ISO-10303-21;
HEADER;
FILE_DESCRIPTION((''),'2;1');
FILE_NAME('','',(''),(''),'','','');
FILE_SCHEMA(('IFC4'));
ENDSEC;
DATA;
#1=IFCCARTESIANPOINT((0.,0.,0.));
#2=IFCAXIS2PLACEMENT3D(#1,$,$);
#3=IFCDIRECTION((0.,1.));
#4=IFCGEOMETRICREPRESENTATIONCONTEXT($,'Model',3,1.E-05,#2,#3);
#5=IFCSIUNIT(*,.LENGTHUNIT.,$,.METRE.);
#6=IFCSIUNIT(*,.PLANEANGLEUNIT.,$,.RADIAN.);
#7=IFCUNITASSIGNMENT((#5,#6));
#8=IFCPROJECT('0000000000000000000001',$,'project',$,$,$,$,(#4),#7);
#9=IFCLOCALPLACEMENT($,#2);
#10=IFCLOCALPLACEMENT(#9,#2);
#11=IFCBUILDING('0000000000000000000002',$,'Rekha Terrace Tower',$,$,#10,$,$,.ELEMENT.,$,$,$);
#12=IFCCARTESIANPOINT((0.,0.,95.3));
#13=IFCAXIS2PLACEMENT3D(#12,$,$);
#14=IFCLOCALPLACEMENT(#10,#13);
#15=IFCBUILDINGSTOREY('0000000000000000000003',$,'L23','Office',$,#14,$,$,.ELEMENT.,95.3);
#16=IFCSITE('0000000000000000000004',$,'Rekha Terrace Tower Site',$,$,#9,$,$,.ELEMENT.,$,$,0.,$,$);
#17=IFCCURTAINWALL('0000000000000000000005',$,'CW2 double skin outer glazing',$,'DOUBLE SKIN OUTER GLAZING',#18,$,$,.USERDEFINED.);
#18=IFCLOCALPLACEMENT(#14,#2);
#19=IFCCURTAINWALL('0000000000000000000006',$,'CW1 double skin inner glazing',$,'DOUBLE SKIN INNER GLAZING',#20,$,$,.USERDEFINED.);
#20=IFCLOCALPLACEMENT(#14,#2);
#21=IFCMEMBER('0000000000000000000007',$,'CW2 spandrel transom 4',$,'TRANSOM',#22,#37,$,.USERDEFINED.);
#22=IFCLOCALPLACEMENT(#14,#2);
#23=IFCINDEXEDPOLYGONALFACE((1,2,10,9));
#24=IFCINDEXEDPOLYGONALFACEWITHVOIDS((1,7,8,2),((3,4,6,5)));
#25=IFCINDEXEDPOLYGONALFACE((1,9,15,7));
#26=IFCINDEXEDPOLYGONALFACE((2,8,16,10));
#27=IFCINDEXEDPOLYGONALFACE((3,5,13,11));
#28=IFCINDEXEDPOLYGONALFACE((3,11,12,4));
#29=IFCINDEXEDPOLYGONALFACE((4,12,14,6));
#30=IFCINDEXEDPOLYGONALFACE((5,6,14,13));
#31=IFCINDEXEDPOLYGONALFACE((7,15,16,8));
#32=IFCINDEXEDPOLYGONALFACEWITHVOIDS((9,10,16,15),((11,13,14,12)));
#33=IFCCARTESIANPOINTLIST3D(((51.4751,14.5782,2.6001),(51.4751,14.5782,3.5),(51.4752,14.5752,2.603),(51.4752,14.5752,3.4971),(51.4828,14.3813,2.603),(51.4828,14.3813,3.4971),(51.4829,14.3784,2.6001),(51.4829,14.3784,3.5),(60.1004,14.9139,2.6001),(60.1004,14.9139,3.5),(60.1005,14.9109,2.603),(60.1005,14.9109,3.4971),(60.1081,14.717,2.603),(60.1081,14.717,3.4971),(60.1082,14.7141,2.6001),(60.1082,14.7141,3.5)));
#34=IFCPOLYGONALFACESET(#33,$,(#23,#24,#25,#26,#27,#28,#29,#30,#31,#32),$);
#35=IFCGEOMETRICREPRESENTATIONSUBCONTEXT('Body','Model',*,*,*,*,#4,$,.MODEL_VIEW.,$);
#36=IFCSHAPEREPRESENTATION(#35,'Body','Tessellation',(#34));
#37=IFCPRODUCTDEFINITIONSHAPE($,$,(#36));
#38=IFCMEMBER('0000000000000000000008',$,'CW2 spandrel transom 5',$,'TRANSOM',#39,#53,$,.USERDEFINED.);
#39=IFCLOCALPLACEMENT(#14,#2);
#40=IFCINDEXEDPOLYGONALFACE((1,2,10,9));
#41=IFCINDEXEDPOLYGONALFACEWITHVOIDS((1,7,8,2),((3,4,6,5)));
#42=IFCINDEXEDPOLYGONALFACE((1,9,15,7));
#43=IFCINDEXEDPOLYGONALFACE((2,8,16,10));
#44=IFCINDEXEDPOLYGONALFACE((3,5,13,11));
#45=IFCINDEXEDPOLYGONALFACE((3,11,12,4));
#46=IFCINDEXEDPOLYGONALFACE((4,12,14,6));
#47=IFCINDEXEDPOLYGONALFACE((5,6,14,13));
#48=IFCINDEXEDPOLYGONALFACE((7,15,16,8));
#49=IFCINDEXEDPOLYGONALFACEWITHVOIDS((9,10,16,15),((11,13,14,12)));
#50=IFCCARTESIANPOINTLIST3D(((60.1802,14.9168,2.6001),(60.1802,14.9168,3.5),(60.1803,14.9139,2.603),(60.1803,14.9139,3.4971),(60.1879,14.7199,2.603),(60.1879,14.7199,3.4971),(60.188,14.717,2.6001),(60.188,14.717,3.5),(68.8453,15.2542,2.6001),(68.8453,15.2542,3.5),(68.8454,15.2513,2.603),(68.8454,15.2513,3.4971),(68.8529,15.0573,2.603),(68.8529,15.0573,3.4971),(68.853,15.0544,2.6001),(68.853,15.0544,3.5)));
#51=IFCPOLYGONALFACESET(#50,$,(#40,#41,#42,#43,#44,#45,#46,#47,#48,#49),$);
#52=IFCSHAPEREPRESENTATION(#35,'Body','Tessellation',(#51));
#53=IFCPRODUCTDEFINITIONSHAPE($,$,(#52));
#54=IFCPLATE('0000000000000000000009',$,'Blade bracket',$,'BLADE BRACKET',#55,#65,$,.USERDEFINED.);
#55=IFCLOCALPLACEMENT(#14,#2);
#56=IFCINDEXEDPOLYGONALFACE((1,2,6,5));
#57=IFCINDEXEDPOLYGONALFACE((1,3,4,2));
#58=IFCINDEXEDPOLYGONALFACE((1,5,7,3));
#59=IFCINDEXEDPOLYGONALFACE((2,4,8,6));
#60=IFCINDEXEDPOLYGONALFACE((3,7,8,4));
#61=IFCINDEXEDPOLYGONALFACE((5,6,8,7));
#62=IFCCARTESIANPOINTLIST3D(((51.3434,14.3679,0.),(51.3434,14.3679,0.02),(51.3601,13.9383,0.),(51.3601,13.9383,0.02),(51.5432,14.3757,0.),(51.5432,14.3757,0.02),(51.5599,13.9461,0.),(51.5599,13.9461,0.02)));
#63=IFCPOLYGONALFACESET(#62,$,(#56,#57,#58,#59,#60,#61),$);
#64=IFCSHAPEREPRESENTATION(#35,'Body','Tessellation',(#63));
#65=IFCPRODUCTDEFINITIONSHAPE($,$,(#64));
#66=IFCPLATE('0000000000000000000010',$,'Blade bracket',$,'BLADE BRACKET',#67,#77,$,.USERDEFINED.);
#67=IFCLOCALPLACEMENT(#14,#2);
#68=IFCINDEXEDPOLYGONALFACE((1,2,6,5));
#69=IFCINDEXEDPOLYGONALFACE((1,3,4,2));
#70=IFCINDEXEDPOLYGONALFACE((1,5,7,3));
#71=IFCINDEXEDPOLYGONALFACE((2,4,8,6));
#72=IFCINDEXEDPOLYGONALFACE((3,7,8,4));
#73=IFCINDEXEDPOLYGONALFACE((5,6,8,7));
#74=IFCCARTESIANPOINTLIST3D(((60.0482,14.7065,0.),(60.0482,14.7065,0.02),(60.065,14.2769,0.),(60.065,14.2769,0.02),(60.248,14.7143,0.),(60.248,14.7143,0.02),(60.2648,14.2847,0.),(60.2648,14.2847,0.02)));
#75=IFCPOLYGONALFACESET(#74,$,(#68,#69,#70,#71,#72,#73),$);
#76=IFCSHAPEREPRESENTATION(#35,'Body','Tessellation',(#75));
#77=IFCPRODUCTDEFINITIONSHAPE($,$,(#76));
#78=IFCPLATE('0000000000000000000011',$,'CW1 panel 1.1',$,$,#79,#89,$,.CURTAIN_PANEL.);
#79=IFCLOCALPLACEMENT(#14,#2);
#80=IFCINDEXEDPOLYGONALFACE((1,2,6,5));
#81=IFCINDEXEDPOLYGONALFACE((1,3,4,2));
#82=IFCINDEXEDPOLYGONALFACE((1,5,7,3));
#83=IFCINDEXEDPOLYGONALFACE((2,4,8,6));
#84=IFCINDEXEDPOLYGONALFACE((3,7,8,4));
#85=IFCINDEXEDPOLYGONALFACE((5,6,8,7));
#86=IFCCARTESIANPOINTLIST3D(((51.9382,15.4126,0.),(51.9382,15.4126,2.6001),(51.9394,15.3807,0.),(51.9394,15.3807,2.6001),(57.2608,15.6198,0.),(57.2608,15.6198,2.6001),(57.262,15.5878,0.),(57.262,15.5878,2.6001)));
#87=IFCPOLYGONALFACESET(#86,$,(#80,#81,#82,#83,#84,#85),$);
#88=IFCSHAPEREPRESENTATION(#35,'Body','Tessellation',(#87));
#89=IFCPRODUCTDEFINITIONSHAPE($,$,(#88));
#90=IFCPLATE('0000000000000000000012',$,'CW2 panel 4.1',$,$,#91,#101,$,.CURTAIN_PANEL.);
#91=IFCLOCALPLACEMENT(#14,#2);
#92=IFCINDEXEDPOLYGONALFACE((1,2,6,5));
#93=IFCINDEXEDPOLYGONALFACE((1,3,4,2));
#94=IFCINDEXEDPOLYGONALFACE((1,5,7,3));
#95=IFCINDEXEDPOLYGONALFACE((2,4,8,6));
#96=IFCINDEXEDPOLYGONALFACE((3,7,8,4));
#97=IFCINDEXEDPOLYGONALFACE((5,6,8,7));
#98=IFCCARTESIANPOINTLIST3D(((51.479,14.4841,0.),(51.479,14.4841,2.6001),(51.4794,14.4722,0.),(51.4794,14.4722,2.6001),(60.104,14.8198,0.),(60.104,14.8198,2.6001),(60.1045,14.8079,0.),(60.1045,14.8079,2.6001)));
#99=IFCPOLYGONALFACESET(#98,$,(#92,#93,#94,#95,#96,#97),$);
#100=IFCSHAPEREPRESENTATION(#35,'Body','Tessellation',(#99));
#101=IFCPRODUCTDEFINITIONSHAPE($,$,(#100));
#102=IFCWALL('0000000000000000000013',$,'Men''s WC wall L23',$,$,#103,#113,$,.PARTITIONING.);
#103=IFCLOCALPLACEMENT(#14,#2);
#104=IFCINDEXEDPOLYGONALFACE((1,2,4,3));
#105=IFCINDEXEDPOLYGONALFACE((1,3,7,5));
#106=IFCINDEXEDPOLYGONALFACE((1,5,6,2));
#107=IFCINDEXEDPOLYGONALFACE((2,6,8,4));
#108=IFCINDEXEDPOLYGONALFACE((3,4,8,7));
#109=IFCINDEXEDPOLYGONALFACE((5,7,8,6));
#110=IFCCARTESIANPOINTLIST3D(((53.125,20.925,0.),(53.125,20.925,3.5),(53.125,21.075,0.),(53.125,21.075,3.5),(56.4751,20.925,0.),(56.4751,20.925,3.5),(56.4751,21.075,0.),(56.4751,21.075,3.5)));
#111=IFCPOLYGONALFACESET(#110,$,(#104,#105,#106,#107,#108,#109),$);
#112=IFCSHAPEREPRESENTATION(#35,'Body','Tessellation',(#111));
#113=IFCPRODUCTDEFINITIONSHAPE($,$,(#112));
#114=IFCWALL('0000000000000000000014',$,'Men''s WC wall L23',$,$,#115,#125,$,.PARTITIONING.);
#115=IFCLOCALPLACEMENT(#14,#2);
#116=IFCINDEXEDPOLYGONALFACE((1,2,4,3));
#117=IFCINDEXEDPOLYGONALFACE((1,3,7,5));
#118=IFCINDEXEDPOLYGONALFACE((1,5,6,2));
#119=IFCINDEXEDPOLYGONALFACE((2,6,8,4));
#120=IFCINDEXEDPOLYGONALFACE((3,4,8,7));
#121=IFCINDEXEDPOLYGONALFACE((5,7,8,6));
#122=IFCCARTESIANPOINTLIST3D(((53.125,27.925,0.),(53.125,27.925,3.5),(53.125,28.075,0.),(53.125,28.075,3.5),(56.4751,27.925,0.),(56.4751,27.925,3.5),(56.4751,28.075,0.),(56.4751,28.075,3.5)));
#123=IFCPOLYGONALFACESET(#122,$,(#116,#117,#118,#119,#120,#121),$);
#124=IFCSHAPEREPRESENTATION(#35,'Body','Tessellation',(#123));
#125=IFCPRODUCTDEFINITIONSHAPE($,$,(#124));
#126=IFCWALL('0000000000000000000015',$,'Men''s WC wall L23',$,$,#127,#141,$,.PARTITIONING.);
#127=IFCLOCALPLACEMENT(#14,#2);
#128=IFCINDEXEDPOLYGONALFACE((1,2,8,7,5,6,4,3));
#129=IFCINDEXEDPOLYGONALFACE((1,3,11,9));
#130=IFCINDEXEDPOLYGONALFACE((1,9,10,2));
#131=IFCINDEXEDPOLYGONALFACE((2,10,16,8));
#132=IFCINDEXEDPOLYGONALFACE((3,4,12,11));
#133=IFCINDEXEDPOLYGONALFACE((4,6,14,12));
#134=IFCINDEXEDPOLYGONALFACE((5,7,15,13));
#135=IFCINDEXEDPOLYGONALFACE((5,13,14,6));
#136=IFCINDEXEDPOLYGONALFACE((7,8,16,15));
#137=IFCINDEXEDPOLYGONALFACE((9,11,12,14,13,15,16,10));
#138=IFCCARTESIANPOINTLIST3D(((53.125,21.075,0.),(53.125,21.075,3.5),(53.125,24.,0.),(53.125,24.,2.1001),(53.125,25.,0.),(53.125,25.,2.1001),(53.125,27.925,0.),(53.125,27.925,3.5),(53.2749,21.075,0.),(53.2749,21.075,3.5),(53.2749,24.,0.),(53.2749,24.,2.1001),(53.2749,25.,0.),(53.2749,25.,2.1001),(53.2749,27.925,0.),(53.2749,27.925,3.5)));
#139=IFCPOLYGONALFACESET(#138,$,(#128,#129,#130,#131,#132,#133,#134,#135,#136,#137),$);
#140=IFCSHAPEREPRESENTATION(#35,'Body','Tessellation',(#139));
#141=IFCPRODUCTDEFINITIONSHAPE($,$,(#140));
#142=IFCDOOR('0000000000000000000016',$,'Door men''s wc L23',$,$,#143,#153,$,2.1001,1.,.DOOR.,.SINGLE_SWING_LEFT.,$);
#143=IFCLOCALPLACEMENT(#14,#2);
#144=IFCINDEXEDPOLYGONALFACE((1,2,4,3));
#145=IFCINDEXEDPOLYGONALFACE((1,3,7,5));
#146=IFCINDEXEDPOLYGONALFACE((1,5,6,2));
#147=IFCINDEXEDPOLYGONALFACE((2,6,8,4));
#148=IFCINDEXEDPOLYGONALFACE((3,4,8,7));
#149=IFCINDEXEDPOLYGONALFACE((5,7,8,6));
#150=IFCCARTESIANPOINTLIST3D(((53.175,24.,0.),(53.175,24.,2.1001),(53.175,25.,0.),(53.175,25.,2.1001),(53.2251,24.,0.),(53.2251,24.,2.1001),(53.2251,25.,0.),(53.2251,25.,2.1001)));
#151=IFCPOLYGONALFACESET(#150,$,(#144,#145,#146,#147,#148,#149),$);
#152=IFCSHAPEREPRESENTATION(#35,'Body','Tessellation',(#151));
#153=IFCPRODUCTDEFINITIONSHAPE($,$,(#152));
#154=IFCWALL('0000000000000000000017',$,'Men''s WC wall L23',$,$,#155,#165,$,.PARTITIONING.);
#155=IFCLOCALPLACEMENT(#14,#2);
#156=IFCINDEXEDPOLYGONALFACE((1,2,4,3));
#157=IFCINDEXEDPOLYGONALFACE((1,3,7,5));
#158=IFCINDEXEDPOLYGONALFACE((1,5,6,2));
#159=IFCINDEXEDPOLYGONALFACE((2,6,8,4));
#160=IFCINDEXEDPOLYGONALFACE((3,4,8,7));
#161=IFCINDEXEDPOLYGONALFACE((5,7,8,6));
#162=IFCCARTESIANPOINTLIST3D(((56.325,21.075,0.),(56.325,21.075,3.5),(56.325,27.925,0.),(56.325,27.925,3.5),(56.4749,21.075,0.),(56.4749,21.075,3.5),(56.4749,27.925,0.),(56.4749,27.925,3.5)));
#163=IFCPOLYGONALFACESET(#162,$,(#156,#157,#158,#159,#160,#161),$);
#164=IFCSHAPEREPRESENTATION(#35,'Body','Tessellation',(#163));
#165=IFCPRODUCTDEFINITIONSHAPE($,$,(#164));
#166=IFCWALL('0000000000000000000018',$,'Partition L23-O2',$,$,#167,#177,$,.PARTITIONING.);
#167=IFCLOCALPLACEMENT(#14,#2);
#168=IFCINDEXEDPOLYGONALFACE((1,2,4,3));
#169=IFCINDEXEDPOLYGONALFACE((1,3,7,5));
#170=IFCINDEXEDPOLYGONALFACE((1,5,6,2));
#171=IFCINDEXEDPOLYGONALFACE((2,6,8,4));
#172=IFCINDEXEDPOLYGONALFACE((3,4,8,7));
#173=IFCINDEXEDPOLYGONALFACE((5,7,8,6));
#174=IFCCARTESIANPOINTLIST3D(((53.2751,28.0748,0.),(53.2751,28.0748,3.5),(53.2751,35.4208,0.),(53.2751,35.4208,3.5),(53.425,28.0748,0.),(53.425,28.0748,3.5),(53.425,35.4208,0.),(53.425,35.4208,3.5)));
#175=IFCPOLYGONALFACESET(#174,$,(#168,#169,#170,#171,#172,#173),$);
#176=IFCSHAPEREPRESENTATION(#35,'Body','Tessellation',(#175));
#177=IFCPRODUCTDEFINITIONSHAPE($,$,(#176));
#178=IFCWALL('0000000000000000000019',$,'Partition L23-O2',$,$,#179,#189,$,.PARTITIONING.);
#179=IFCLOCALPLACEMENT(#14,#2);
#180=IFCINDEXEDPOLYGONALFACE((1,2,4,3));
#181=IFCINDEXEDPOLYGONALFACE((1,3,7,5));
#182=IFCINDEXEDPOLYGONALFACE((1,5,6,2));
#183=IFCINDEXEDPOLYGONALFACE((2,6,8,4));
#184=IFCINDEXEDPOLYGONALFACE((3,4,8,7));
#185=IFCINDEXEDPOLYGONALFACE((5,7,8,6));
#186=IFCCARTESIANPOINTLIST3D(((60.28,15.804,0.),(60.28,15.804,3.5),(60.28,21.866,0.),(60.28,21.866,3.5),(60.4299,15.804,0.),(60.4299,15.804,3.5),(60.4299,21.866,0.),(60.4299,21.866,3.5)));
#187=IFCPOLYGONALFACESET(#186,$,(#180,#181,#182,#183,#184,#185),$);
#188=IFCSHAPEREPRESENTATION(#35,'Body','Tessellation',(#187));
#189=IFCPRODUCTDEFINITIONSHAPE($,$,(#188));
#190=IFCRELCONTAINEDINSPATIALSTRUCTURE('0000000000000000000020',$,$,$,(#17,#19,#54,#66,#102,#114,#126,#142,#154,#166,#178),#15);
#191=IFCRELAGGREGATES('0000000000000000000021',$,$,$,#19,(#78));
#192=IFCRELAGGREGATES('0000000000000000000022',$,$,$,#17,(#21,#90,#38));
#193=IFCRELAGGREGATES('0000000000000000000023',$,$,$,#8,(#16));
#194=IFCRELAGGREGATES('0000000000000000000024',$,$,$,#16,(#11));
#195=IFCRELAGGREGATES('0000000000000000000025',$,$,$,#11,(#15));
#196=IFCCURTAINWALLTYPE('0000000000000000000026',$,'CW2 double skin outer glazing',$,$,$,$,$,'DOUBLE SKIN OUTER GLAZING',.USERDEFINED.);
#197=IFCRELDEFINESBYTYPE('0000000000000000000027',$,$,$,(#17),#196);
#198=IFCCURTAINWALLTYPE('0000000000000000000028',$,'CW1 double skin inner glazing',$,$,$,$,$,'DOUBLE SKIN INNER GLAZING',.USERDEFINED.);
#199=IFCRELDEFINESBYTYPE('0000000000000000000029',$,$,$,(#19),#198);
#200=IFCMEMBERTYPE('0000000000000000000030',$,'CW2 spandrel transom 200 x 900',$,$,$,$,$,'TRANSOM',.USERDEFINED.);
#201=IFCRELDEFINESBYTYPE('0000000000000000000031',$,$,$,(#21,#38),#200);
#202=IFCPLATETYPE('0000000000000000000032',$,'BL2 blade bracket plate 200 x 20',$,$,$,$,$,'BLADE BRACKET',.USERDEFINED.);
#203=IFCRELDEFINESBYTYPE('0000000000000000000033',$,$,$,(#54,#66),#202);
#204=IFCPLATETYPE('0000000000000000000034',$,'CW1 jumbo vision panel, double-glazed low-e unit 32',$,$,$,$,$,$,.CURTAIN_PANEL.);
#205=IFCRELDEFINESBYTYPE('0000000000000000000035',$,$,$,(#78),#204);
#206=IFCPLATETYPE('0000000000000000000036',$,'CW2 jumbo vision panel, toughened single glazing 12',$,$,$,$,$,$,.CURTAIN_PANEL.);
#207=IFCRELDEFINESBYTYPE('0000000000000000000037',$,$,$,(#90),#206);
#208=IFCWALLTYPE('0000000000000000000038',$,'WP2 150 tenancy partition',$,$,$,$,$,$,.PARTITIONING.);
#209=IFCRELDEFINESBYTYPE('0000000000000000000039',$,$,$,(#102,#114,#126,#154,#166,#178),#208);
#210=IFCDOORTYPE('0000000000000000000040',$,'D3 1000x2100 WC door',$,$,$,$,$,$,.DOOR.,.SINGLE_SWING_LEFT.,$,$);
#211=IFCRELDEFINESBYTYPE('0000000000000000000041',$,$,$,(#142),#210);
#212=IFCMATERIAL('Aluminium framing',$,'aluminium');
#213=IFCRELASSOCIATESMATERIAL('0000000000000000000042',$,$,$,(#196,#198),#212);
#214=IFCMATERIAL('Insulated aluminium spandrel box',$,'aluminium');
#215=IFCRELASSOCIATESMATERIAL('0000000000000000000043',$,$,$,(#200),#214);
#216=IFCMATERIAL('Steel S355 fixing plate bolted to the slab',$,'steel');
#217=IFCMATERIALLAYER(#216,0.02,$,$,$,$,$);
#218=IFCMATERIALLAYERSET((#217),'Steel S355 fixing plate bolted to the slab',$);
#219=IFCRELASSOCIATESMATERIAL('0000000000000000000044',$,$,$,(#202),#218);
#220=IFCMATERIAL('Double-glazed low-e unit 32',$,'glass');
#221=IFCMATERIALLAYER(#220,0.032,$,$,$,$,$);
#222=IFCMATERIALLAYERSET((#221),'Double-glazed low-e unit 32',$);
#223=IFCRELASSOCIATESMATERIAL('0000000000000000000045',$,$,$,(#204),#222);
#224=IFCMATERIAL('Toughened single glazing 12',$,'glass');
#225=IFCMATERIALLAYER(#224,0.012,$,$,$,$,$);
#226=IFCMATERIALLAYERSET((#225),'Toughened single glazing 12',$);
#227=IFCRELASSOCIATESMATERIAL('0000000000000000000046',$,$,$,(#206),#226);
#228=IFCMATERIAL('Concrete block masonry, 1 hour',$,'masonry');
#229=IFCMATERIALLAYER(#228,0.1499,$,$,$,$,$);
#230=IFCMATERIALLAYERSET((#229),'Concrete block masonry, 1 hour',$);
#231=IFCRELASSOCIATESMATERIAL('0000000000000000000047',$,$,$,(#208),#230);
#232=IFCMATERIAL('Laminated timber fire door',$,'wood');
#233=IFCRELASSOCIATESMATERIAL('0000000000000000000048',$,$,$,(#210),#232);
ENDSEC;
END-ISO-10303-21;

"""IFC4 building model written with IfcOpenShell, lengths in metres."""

from ifc_helpers import new_model, si_unit, direction, frame, frame_2d, origin, origin_2d, place, context, subcontext, project, spatial, rectangle, hollow_rectangle, extrude, material, layer, layer_set, material_profile, profile_set, type_object, element, fill, aggregate, save


model = new_model("IFC4")

# Units and contexts
model_context = context("Model", 3, precision=1e-05, world=origin(), true_north=direction((0.0, 1.0)))
body_context = subcontext(model_context, "Body", "Model", "MODEL_VIEW")
ifc_project = project(units=[si_unit("LENGTHUNIT", "METRE"), si_unit("PLANEANGLEUNIT", "RADIAN")], contexts=[model_context])

# Site, building, storey
site_placement = place(None, origin())
site = spatial("IfcSite", under=ifc_project, at=site_placement, Name="Rekha Terrace Tower Site", CompositionType="ELEMENT", RefElevation=0.0)
building_placement = place(site_placement, origin())
building = spatial("IfcBuilding", under=site, at=building_placement, Name="Rekha Terrace Tower", CompositionType="ELEMENT")
storey_placement = place(building_placement, frame((0.0, 0.0, 95.3)))
storey = spatial("IfcBuildingStorey", under=building, at=storey_placement, Name="L23", Description="Office", CompositionType="ELEMENT", Elevation=95.3)

# Curtain walls
ifc_material_1 = material(Name="Aluminium framing", Category="aluminium")
curtain_wall_type_1 = type_object("IfcCurtainWallType", Name="CW2 double skin outer glazing", ElementType="DOUBLE SKIN OUTER GLAZING", PredefinedType="USERDEFINED", material=ifc_material_1)
curtain_wall_1_placement = place(storey_placement, origin())
curtain_wall_1 = element("IfcCurtainWall", 1, at=curtain_wall_1_placement, inside=storey, type_object=curtain_wall_type_1, Name="CW2 double skin outer glazing", ObjectType="DOUBLE SKIN OUTER GLAZING", PredefinedType="USERDEFINED")
curtain_wall_type_2 = type_object("IfcCurtainWallType", Name="CW1 double skin inner glazing", ElementType="DOUBLE SKIN INNER GLAZING", PredefinedType="USERDEFINED", material=ifc_material_1)
curtain_wall_2_placement = place(storey_placement, origin())
curtain_wall_2 = element("IfcCurtainWall", 2, at=curtain_wall_2_placement, inside=storey, type_object=curtain_wall_type_2, Name="CW1 double skin inner glazing", ObjectType="DOUBLE SKIN INNER GLAZING", PredefinedType="USERDEFINED")

# Members
ifc_material_2 = material(Name="Insulated aluminium spandrel box", Category="aluminium")
ifc_material_profile_1 = material_profile(ifc_material_2, hollow_rectangle(XDim=0.2, YDim=0.8999, WallThickness=0.0029, at=origin_2d()), Name="AL SPANDREL BOX 200x900")
ifc_profile_set_1 = profile_set([ifc_material_profile_1], Name="Insulated aluminium spandrel box")
member_type_1 = type_object("IfcMemberType", Name="CW2 spandrel transom 200 x 900", ElementType="TRANSOM", PredefinedType="USERDEFINED", material=ifc_profile_set_1)
member_1_placement = place(storey_placement, frame((51.479, 14.4783, 3.05), z_axis=(0.999243, 0.03889, 0.0), x_axis=(-0.03889, 0.999243, 0.0)))
member_1 = element("IfcMember", 3, at=member_1_placement, type_object=member_type_1, Name="CW2 spandrel transom 4", ObjectType="TRANSOM", PredefinedType="USERDEFINED", context=body_context, shape_type="SweptSolid", body=[
    extrude(hollow_rectangle(XDim=0.2, YDim=0.8999, WallThickness=0.0029, at=origin_2d()), origin(), (0.0, 0.0, 1.0), 8.6318),
])
member_2_placement = place(storey_placement, frame((60.1841, 14.8169, 3.05), z_axis=(0.999243, 0.038909, 0.0), x_axis=(-0.038909, 0.999243, 0.0)))
member_2 = element("IfcMember", 4, at=member_2_placement, type_object=member_type_1, Name="CW2 spandrel transom 5", ObjectType="TRANSOM", PredefinedType="USERDEFINED", context=body_context, shape_type="SweptSolid", body=[
    extrude(hollow_rectangle(XDim=0.2, YDim=0.8999, WallThickness=0.0029, at=origin_2d()), origin(), (0.0, 0.0, 1.0), 8.6716),
])

# Plates
ifc_material_3 = material(Name="Steel S355 fixing plate bolted to the slab", Category="steel")
ifc_layer_1 = layer(ifc_material_3, 0.02)
ifc_layer_set_1 = layer_set([ifc_layer_1], Name="Steel S355 fixing plate bolted to the slab")
plate_type_1 = type_object("IfcPlateType", Name="BL2 blade bracket plate 200 x 20", ElementType="BLADE BRACKET", PredefinedType="USERDEFINED", material=ifc_layer_set_1)
for number, where, z_axis, x_axis, name in (
    (5, (51.4517, 14.157, 0.0), (0.0, 0.0, 1.0), (0.03889, -0.999243, 0.0), "Blade bracket"),
    (6, (60.1565, 14.4956, 0.0), (0.0, 0.0, 1.0), (0.03889, -0.999243, 0.0), "Blade bracket"),
):
    element("IfcPlate", number, at=place(storey_placement, frame(where, z_axis=z_axis, x_axis=x_axis)), inside=storey, type_object=plate_type_1, Name=name, ObjectType="BLADE BRACKET", PredefinedType="USERDEFINED", context=body_context, shape_type="SweptSolid", body=[
        extrude(rectangle(XDim=0.4299, YDim=0.2, at=origin_2d()), origin(), (0.0, 0.0, 1.0), 0.02),
    ])

# Plates
ifc_material_4 = material(Name="Double-glazed low-e unit 32", Category="glass")
ifc_layer_2 = layer(ifc_material_4, 0.032)
ifc_layer_set_2 = layer_set([ifc_layer_2], Name="Double-glazed low-e unit 32")
plate_type_2 = type_object("IfcPlateType", Name="CW1 jumbo vision panel, double-glazed low-e unit 32", PredefinedType="CURTAIN_PANEL", material=ifc_layer_set_2)
plate_1_placement = place(storey_placement, frame((54.6001, 15.5002, 0.0), z_axis=(0.0, 0.0, 1.0), x_axis=(0.999243, 0.03889, 0.0)))
plate_1 = element("IfcPlate", 7, at=plate_1_placement, type_object=plate_type_2, Name="CW1 panel 1.1", PredefinedType="CURTAIN_PANEL", context=body_context, shape_type="SweptSolid", body=[
    extrude(rectangle(XDim=5.3267, YDim=0.032, at=origin_2d()), origin(), (0.0, 0.0, 1.0), 2.6001),
])
aggregate(curtain_wall_2, [plate_1])
ifc_material_5 = material(Name="Toughened single glazing 12", Category="glass")
ifc_layer_3 = layer(ifc_material_5, 0.012)
ifc_layer_set_3 = layer_set([ifc_layer_3], Name="Toughened single glazing 12")
plate_type_3 = type_object("IfcPlateType", Name="CW2 jumbo vision panel, toughened single glazing 12", PredefinedType="CURTAIN_PANEL", material=ifc_layer_set_3)
plate_2_placement = place(storey_placement, frame((55.7917, 14.646, 0.0), z_axis=(0.0, 0.0, 1.0), x_axis=(0.999243, 0.03889, 0.0)))
plate_2 = element("IfcPlate", 8, at=plate_2_placement, type_object=plate_type_3, Name="CW2 panel 4.1", PredefinedType="CURTAIN_PANEL", context=body_context, shape_type="SweptSolid", body=[
    extrude(rectangle(XDim=8.6316, YDim=0.012, at=origin_2d()), origin(), (0.0, 0.0, 1.0), 2.6001),
])
aggregate(curtain_wall_1, [member_1, plate_2, member_2])

# Walls
ifc_material_6 = material(Name="Concrete block masonry, 1 hour", Category="masonry")
ifc_layer_4 = layer(ifc_material_6, 0.1499)
ifc_layer_set_4 = layer_set([ifc_layer_4], Name="Concrete block masonry, 1 hour")
wall_type_1 = type_object("IfcWallType", Name="WP2 150 tenancy partition", PredefinedType="PARTITIONING", material=ifc_layer_set_4)
for number, where, z_axis, x_axis, name in (
    (9, (53.125, 21.0, 0.0), (0.0, 0.0, 1.0), (1.0, 0.0, 0.0), "Men's WC wall L23"),
    (10, (53.125, 28.0, 0.0), (0.0, 0.0, 1.0), (1.0, 0.0, 0.0), "Men's WC wall L23"),
):
    element("IfcWall", number, at=place(storey_placement, frame(where, z_axis=z_axis, x_axis=x_axis)), inside=storey, type_object=wall_type_1, Name=name, PredefinedType="PARTITIONING", context=body_context, shape_type="SweptSolid", body=[
        extrude(rectangle(XDim=3.3501, YDim=0.1499, at=frame_2d((1.675, 0.0))), origin(), (0.0, 0.0, 1.0), 3.5),
    ])

# Wall, opening, door
wall_1_placement = place(storey_placement, frame((53.2, 21.075, 0.0), z_axis=(0.0, 0.0, 1.0), x_axis=(0.0, 1.0, 0.0)))
wall_1 = element("IfcWall", 11, at=wall_1_placement, inside=storey, type_object=wall_type_1, Name="Men's WC wall L23", PredefinedType="PARTITIONING", context=body_context, shape_type="SweptSolid", body=[
    extrude(rectangle(XDim=6.8501, YDim=0.1499, at=frame_2d((3.425, 0.0))), origin(), (0.0, 0.0, 1.0), 3.5),
])
opening_1_placement = place(wall_1_placement, frame((2.925, 0.0, 0.0)))
opening_1 = element("IfcOpeningElement", 12, at=opening_1_placement, cuts=wall_1, PredefinedType="OPENING", context=body_context, shape_type="SweptSolid", body=[
    extrude(rectangle(XDim=1.0, YDim=2.1001, at=frame_2d((0.5, 1.05))), frame((0.0, 0.085, 0.0), z_axis=(0.0, -1.0, 0.0), x_axis=(1.0, 0.0, 0.0)), (0.0, 0.0, 1.0), 0.1699),
])
ifc_material_7 = material(Name="Laminated timber fire door", Category="wood")
door_type_1 = type_object("IfcDoorType", Name="D3 1000x2100 WC door", OperationType="SINGLE_SWING_LEFT", PredefinedType="DOOR", material=ifc_material_7)
door_1_placement = place(opening_1_placement, origin())
door_1 = element("IfcDoor", 13, at=door_1_placement, inside=storey, type_object=door_type_1, Name="Door men's wc L23", OperationType="SINGLE_SWING_LEFT", OverallHeight=2.1001, OverallWidth=1.0, PredefinedType="DOOR", context=body_context, shape_type="SweptSolid", body=[
    extrude(rectangle(XDim=1.0, YDim=2.1001, at=frame_2d((0.5, 1.05))), frame((0.0, 0.0249, 0.0), z_axis=(0.0, -1.0, 0.0), x_axis=(1.0, 0.0, 0.0)), (0.0, 0.0, 1.0), 0.05),
])
fill(opening_1, door_1)

# Walls
wall_2_placement = place(storey_placement, frame((56.3999, 21.075, 0.0), z_axis=(0.0, 0.0, 1.0), x_axis=(0.0, 1.0, 0.0)))
element("IfcWall", 14, at=wall_2_placement, inside=storey, type_object=wall_type_1, Name="Men's WC wall L23", PredefinedType="PARTITIONING", context=body_context, shape_type="SweptSolid", body=[
    extrude(rectangle(XDim=6.8501, YDim=0.1499, at=frame_2d((3.425, 0.0))), origin(), (0.0, 0.0, 1.0), 3.5),
])
wall_3_placement = place(storey_placement, frame((53.3501, 28.075, 0.0), z_axis=(0.0, 0.0, 1.0), x_axis=(0.0, 1.0, 0.0)))
element("IfcWall", 15, at=wall_3_placement, inside=storey, type_object=wall_type_1, Name="Partition L23-O2", PredefinedType="PARTITIONING", context=body_context, shape_type="SweptSolid", body=[
    extrude(rectangle(XDim=7.3459, YDim=0.1499, at=frame_2d((3.6729, 0.0))), origin(), (0.0, 0.0, 1.0), 3.5),
])
wall_4_placement = place(storey_placement, frame((60.355, 21.866, 0.0), z_axis=(0.0, 0.0, 1.0), x_axis=(0.0, -1.0, 0.0)))
element("IfcWall", 16, at=wall_4_placement, inside=storey, type_object=wall_type_1, Name="Partition L23-O2", PredefinedType="PARTITIONING", context=body_context, shape_type="SweptSolid", body=[
    extrude(rectangle(XDim=6.062, YDim=0.1499, at=frame_2d((3.031, 0.0))), origin(), (0.0, 0.0, 1.0), 3.5),
])

save(model, "model.ifc")
